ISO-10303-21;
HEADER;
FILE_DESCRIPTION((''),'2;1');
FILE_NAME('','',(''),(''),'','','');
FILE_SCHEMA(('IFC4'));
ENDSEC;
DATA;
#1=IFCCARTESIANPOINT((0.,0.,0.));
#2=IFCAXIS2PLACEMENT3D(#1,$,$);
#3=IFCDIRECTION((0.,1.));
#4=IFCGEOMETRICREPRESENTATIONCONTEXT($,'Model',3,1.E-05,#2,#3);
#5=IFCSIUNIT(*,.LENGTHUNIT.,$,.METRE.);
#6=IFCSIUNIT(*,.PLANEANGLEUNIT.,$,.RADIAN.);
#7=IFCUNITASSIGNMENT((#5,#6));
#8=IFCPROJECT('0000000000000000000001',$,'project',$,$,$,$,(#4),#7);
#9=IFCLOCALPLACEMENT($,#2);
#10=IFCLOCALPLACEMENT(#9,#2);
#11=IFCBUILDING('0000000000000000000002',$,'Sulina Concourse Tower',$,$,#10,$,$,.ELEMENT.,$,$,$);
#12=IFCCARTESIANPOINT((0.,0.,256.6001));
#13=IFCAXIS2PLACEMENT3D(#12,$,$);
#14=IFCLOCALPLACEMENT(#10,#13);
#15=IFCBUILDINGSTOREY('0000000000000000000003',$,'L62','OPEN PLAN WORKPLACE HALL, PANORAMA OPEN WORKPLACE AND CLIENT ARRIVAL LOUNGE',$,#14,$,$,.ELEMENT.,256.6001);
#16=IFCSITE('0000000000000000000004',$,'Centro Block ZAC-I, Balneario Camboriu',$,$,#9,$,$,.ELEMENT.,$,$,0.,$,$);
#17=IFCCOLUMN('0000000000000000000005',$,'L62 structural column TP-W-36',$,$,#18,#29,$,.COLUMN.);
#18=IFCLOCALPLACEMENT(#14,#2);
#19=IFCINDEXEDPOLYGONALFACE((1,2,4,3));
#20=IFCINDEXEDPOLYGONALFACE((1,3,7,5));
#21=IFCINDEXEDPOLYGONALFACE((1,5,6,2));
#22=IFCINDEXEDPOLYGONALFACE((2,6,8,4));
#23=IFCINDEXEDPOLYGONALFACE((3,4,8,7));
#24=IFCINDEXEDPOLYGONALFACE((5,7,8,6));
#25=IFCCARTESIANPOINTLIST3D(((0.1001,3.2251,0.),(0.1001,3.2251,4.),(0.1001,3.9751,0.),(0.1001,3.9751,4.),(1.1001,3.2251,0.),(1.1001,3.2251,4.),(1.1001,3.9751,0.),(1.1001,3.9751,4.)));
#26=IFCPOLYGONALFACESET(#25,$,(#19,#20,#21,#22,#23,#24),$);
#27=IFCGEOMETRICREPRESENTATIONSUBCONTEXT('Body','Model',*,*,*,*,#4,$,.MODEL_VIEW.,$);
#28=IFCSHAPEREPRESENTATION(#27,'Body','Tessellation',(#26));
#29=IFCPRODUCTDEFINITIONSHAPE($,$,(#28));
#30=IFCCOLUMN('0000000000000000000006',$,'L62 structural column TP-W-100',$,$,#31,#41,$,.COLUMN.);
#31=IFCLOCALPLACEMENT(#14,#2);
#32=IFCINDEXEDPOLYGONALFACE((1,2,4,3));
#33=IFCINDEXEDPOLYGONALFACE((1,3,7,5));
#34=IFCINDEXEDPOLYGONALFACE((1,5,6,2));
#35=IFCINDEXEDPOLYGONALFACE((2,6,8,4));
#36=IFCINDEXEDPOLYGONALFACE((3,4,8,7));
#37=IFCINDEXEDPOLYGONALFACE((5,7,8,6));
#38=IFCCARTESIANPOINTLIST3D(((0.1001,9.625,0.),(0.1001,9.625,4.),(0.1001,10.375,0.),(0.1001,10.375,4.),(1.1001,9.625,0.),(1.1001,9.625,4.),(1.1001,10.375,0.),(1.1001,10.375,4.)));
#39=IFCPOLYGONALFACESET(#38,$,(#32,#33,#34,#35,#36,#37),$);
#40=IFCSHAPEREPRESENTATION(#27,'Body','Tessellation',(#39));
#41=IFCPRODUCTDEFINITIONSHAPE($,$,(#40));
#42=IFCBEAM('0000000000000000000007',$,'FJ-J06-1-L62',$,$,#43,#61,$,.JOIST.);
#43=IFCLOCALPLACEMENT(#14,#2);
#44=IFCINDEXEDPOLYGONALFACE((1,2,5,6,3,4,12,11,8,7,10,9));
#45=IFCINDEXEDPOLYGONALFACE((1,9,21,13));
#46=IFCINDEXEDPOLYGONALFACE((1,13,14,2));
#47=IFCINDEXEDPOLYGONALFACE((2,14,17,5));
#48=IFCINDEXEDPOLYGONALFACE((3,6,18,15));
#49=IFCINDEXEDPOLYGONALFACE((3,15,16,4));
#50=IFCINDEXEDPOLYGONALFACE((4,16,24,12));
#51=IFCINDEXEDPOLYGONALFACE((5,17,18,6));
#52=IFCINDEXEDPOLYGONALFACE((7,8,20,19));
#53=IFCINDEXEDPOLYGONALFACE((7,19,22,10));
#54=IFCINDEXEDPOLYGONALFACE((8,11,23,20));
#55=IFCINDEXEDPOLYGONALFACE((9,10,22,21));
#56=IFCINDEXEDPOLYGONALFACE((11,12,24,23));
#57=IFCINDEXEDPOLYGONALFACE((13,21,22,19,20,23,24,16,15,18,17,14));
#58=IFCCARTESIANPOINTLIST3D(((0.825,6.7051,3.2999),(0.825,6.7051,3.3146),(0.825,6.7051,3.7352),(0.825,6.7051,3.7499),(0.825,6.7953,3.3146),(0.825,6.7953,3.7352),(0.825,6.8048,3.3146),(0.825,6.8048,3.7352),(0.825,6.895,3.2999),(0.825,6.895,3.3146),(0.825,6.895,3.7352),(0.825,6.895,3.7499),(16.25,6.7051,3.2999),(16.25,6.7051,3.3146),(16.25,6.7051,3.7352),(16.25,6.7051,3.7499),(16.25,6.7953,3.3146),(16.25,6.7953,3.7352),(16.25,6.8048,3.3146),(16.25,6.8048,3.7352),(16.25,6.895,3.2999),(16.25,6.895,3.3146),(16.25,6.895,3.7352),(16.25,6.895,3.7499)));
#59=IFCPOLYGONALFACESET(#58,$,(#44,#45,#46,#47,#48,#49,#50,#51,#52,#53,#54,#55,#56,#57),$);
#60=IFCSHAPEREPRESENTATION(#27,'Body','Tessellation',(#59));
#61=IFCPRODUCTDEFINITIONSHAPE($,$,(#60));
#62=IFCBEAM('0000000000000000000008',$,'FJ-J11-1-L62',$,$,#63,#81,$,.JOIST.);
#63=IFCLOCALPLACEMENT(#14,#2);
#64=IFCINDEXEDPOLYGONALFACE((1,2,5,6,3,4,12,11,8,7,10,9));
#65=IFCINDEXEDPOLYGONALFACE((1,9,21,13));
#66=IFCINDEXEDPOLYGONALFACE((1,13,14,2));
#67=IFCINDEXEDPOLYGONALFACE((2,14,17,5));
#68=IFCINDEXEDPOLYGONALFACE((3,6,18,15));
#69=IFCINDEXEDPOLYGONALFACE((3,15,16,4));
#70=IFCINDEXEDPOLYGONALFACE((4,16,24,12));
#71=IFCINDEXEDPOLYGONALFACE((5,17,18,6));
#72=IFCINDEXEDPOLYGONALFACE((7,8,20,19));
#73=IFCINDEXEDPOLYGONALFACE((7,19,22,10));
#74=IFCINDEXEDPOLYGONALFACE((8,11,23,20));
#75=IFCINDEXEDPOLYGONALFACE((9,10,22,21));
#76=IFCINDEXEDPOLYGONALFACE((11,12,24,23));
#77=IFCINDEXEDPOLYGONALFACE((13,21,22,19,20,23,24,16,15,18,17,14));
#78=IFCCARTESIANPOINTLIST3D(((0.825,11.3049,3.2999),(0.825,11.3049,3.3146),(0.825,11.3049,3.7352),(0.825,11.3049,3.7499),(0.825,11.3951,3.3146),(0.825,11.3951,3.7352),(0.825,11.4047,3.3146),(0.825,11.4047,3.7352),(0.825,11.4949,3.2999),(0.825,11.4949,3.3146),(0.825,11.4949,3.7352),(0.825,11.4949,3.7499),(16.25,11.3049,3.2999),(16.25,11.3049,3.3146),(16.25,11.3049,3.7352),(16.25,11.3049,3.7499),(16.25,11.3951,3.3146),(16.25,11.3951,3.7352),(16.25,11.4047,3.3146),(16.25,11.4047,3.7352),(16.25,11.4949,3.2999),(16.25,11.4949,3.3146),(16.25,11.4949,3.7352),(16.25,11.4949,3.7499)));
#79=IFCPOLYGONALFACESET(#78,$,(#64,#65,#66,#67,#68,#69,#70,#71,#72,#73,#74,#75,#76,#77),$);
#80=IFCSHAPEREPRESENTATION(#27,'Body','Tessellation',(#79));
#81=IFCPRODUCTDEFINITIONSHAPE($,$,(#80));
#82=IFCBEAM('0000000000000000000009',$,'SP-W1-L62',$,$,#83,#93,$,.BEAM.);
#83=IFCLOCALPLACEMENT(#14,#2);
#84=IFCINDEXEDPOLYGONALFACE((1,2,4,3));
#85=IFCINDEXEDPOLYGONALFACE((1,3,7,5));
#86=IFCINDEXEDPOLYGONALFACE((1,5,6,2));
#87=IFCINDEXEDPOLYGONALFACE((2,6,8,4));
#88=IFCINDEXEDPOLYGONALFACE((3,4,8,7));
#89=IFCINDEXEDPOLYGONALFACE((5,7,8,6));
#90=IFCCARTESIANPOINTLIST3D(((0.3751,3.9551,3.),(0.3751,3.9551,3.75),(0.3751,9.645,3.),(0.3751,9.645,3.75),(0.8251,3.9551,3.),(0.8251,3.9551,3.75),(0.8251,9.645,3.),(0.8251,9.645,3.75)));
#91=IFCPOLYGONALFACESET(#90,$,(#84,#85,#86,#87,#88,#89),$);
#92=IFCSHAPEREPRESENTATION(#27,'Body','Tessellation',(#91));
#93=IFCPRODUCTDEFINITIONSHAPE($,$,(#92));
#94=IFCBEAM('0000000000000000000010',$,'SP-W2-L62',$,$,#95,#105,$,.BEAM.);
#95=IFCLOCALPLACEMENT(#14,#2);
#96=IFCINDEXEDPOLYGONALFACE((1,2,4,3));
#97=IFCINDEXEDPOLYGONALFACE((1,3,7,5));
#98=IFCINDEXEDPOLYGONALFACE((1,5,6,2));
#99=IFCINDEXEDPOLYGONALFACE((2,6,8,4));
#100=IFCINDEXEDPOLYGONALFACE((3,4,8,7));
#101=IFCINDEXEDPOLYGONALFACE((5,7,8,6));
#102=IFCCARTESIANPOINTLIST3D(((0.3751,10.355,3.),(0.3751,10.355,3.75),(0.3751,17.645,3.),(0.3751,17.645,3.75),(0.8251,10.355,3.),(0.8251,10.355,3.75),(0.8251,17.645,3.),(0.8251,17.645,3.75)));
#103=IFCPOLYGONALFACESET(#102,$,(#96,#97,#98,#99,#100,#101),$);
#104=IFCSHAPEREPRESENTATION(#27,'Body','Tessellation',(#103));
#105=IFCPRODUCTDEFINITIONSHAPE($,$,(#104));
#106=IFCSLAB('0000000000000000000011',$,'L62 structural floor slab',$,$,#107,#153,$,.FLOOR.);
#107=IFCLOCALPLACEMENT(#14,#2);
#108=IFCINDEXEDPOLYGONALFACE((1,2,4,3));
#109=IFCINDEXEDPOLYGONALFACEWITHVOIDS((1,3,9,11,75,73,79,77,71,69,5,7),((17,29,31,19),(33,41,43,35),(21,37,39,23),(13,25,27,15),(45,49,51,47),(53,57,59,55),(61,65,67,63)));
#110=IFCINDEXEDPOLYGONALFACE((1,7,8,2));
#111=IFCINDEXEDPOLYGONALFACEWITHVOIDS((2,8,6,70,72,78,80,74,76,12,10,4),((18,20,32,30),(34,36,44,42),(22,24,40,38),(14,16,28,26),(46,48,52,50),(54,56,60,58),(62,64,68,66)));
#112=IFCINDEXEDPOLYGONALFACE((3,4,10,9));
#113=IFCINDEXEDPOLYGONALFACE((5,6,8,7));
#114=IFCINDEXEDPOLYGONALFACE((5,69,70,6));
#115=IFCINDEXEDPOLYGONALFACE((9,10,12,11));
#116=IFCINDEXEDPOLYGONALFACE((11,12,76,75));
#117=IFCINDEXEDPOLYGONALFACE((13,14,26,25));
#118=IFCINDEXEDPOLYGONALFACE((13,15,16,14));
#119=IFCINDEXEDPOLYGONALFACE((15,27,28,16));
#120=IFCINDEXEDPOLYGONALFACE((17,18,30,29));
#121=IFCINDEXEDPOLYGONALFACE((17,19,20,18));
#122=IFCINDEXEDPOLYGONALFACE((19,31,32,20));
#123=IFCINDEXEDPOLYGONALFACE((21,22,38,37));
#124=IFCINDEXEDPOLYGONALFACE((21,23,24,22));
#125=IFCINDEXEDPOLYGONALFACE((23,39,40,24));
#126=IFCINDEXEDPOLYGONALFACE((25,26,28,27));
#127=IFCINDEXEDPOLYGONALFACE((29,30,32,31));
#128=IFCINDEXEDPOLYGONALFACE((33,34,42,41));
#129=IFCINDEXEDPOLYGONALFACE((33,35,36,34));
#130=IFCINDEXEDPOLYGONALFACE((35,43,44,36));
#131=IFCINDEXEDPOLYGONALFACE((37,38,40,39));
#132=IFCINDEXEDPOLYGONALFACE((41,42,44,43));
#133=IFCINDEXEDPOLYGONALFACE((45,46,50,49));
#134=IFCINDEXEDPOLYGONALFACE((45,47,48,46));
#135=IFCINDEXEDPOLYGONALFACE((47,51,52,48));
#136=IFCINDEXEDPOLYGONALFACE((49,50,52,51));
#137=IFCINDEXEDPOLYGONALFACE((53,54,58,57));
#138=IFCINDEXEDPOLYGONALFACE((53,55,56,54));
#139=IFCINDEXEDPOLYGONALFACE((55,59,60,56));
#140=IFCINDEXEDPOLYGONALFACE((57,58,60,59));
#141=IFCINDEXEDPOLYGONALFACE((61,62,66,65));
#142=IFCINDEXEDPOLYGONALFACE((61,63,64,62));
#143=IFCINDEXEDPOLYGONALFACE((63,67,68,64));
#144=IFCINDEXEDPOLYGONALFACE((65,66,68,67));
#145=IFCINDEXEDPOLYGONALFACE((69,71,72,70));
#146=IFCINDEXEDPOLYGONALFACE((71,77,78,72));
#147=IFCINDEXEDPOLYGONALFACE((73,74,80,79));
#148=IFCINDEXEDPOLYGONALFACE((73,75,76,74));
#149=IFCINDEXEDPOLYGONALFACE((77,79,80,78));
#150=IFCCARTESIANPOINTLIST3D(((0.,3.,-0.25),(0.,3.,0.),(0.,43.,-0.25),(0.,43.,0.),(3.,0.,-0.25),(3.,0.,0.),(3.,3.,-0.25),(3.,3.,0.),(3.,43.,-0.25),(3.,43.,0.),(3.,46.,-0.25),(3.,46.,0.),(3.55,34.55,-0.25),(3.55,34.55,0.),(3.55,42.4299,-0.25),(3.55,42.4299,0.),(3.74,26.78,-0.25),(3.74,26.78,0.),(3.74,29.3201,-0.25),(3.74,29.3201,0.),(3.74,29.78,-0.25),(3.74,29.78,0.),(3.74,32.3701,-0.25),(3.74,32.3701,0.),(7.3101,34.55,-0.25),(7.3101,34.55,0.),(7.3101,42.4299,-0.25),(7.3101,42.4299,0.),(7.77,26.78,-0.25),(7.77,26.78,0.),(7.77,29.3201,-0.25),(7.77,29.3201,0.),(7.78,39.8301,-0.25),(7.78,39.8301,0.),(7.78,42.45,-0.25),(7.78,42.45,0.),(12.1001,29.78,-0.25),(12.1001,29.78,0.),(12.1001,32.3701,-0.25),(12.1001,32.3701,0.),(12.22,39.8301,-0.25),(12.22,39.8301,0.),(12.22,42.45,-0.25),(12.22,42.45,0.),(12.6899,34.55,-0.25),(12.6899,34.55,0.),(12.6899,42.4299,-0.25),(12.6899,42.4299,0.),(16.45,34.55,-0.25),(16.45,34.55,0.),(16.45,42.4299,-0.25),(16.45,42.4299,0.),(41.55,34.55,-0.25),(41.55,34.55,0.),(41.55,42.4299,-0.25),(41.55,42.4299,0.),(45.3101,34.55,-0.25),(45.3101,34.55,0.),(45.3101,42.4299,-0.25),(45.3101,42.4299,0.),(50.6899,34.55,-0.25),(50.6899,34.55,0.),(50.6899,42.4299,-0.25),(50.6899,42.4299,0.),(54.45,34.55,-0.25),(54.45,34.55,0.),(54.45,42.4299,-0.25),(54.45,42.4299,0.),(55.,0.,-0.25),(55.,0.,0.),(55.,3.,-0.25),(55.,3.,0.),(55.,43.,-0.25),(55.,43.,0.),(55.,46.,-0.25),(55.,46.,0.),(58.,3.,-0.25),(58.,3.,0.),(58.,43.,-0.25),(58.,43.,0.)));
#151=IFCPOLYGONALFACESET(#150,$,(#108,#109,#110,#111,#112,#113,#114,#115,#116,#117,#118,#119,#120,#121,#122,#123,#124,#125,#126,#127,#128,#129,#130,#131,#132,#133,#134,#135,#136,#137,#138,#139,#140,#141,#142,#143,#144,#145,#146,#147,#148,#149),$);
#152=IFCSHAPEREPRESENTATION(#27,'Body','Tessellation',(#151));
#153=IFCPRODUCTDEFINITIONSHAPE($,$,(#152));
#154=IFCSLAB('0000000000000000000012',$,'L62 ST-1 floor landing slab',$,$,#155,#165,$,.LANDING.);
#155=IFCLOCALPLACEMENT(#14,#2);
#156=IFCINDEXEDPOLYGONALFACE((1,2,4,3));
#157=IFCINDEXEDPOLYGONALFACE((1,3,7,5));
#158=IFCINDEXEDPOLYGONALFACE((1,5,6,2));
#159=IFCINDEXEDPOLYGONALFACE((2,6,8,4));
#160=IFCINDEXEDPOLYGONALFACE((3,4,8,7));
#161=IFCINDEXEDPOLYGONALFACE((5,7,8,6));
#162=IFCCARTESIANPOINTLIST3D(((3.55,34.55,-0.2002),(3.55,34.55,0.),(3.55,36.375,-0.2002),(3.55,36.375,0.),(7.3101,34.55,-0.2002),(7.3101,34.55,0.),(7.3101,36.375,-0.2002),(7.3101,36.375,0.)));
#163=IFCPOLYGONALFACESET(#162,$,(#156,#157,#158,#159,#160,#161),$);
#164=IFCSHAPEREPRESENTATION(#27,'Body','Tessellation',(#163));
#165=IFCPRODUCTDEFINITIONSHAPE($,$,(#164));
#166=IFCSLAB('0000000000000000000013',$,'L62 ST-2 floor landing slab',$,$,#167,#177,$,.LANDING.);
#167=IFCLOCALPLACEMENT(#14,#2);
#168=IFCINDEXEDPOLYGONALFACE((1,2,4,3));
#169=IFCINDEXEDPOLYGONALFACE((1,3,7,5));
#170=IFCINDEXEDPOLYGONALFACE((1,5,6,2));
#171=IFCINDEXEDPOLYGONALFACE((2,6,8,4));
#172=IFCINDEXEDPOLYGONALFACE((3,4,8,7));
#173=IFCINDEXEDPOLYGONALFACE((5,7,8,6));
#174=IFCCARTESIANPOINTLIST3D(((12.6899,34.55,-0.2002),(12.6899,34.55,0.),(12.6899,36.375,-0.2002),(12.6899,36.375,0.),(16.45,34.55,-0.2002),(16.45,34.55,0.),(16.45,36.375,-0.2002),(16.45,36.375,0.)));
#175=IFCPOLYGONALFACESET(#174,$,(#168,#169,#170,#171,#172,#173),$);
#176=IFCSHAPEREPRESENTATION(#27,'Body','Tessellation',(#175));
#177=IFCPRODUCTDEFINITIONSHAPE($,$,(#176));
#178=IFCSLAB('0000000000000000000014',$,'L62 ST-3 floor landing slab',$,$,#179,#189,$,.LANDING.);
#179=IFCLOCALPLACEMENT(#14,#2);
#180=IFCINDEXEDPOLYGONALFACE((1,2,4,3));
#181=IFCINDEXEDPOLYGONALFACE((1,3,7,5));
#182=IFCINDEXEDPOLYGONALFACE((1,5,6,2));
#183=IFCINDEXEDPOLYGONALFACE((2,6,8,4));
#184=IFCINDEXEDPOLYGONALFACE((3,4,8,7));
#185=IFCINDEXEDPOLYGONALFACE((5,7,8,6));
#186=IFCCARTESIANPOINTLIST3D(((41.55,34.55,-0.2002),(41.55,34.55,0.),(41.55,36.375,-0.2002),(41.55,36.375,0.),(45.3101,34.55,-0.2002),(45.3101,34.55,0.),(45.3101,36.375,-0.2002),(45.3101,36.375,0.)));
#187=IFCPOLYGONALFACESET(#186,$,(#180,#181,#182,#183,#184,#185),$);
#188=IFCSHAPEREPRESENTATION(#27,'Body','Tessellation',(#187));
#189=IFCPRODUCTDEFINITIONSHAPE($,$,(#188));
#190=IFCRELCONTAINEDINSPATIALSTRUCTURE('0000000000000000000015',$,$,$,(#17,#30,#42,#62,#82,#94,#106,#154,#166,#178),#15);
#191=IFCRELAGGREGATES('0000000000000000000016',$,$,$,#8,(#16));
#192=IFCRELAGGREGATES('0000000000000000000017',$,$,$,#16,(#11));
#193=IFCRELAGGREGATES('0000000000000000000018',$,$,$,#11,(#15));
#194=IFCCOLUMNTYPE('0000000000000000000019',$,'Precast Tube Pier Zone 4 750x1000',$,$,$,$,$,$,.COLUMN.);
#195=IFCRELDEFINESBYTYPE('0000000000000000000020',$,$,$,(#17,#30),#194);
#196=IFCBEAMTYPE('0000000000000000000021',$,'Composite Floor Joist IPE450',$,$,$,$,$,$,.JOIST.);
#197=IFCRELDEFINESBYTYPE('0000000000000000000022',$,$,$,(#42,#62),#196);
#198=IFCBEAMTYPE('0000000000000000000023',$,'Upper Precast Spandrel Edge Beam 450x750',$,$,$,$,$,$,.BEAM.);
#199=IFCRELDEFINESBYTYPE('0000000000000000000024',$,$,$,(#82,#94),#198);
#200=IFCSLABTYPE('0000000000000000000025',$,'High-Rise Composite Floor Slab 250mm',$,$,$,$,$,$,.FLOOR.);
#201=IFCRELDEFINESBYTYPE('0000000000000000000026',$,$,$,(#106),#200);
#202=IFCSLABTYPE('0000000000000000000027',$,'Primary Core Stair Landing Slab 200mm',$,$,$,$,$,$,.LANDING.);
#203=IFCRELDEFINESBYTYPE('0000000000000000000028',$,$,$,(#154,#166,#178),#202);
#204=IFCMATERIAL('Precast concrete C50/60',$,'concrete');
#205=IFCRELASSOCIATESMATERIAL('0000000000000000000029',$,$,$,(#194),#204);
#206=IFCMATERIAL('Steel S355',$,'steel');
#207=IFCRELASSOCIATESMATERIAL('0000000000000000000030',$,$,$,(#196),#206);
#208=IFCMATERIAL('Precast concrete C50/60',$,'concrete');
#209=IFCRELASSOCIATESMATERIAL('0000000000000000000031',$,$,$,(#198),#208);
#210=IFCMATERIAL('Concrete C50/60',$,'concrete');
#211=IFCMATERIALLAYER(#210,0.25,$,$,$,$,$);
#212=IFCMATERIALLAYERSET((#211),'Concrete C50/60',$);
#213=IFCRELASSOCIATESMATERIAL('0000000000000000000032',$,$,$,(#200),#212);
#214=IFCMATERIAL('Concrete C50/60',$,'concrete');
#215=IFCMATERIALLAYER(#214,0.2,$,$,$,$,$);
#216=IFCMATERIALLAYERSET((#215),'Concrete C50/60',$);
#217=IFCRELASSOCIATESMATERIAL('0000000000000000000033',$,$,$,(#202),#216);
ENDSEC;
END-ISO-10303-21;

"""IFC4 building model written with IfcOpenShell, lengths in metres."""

from ifc_helpers import new_model, si_unit, direction, frame, origin, origin_2d, place, context, subcontext, project, spatial, polyline, rectangle, i_section, outline, extrude, material, layer, layer_set, material_profile, profile_set, type_object, element, save


model = new_model("IFC4")

# Units and contexts
model_context = context("Model", 3, precision=1e-05, world=origin(), true_north=direction((0.0, 1.0)))
body_context = subcontext(model_context, "Body", "Model", "MODEL_VIEW")
ifc_project = project(units=[si_unit("LENGTHUNIT", "METRE"), si_unit("PLANEANGLEUNIT", "RADIAN")], contexts=[model_context])

# Site, building, storey
site_placement = place(None, origin())
site = spatial("IfcSite", under=ifc_project, at=site_placement, Name="Centro Block ZAC-I, Balneario Camboriu", CompositionType="ELEMENT", RefElevation=0.0)
building_placement = place(site_placement, origin())
building = spatial("IfcBuilding", under=site, at=building_placement, Name="Sulina Concourse Tower", CompositionType="ELEMENT")
storey_placement = place(building_placement, frame((0.0, 0.0, 256.6001)))
storey = spatial("IfcBuildingStorey", under=building, at=storey_placement, Name="L62", Description="OPEN PLAN WORKPLACE HALL, PANORAMA OPEN WORKPLACE AND CLIENT ARRIVAL LOUNGE", CompositionType="ELEMENT", Elevation=256.6001)

# Columns
ifc_material_1 = material(Name="Precast concrete C50/60", Category="concrete")
ifc_material_profile_1 = material_profile(ifc_material_1, rectangle(XDim=0.75, YDim=1.0, at=origin_2d()), Name="PC 750x1000")
ifc_profile_set_1 = profile_set([ifc_material_profile_1], Name="Precast concrete C50/60")
column_type = type_object("IfcColumnType", Name="Precast Tube Pier Zone 4 750x1000", PredefinedType="COLUMN", material=ifc_profile_set_1)
for number, where, z_axis, x_axis, name in (
    (1, (0.6001, 3.6001, 0.0), (0.0, 0.0, 1.0), (0.0, 1.0, 0.0), "L62 structural column TP-W-36"),
    (2, (0.6001, 10.0, 0.0), (0.0, 0.0, 1.0), (0.0, 1.0, 0.0), "L62 structural column TP-W-100"),
):
    element("IfcColumn", number, at=place(storey_placement, frame(where, z_axis=z_axis, x_axis=x_axis)), inside=storey, type_object=column_type, Name=name, PredefinedType="COLUMN", context=body_context, shape_type="SweptSolid", body=[
        extrude(rectangle(XDim=0.75, YDim=1.0, at=origin_2d()), origin(), (0.0, 0.0, 1.0), 4.0),
    ])

# Beams
ifc_material_2 = material(Name="Steel S355", Category="steel")
ifc_material_profile_2 = material_profile(ifc_material_2, i_section(OverallWidth=0.1899, OverallDepth=0.45, WebThickness=0.0095, FlangeThickness=0.0146, at=origin_2d()), Name="IPE 450")
ifc_profile_set_2 = profile_set([ifc_material_profile_2], Name="Steel S355")
beam_type_1 = type_object("IfcBeamType", Name="Composite Floor Joist IPE450", PredefinedType="JOIST", material=ifc_profile_set_2)
for number, where, z_axis, x_axis, name in (
    (3, (0.825, 6.8, 3.5249), (1.0, 0.0, 0.0), (0.0, 1.0, 0.0), "FJ-J06-1-L62"),
    (4, (0.825, 11.3999, 3.5249), (1.0, 0.0, 0.0), (0.0, 1.0, 0.0), "FJ-J11-1-L62"),
):
    element("IfcBeam", number, at=place(storey_placement, frame(where, z_axis=z_axis, x_axis=x_axis)), inside=storey, type_object=beam_type_1, Name=name, PredefinedType="JOIST", context=body_context, shape_type="SweptSolid", body=[
        extrude(i_section(OverallWidth=0.1899, OverallDepth=0.45, WebThickness=0.0095, FlangeThickness=0.0146, at=origin_2d()), origin(), (0.0, 0.0, 1.0), 15.425),
    ])
ifc_material_3 = material(Name="Precast concrete C50/60", Category="concrete")
ifc_material_profile_3 = material_profile(ifc_material_3, rectangle(XDim=0.45, YDim=0.75, at=origin_2d()), Name="RC 450x750")
ifc_profile_set_3 = profile_set([ifc_material_profile_3], Name="Precast concrete C50/60")
beam_type_2 = type_object("IfcBeamType", Name="Upper Precast Spandrel Edge Beam 450x750", PredefinedType="BEAM", material=ifc_profile_set_3)
beam_1_placement = place(storey_placement, frame((0.6001, 3.9551, 3.375), z_axis=(0.0, 1.0, 0.0), x_axis=(-1.0, 0.0, 0.0)))
element("IfcBeam", 5, at=beam_1_placement, inside=storey, type_object=beam_type_2, Name="SP-W1-L62", PredefinedType="BEAM", context=body_context, shape_type="SweptSolid", body=[
    extrude(rectangle(XDim=0.45, YDim=0.75, at=origin_2d()), origin(), (0.0, 0.0, 1.0), 5.6899),
])
beam_2_placement = place(storey_placement, frame((0.6001, 10.355, 3.375), z_axis=(0.0, 1.0, 0.0), x_axis=(-1.0, 0.0, 0.0)))
element("IfcBeam", 6, at=beam_2_placement, inside=storey, type_object=beam_type_2, Name="SP-W2-L62", PredefinedType="BEAM", context=body_context, shape_type="SweptSolid", body=[
    extrude(rectangle(XDim=0.45, YDim=0.75, at=origin_2d()), origin(), (0.0, 0.0, 1.0), 7.29),
])

# Slabs
ifc_material_4 = material(Name="Concrete C50/60", Category="concrete")
ifc_layer_1 = layer(ifc_material_4, 0.25)
ifc_layer_set_1 = layer_set([ifc_layer_1], Name="Concrete C50/60")
slab_type_1 = type_object("IfcSlabType", Name="High-Rise Composite Floor Slab 250mm", PredefinedType="FLOOR", material=ifc_layer_set_1)
slab_1_placement = place(storey_placement, frame((0.0, 0.0, -0.25)))
element("IfcSlab", 7, at=slab_1_placement, inside=storey, type_object=slab_type_1, Name="L62 structural floor slab", PredefinedType="FLOOR", context=body_context, shape_type="SweptSolid", body=[
    extrude(outline(polyline([(3.0, 0.0), (55.0, 0.0), (55.0, 3.0), (58.0, 3.0), (58.0, 43.0), (55.0, 43.0), (55.0, 46.0), (3.0, 46.0), (3.0, 43.0), (0.0, 43.0), (0.0, 3.0), (3.0, 3.0), (3.0, 0.0)]), holes=[polyline([(7.3101, 34.55), (7.3101, 42.4299), (3.55, 42.4299), (3.55, 34.55), (7.3101, 34.55)]), polyline([(16.45, 34.55), (16.45, 42.4299), (12.6899, 42.4299), (12.6899, 34.55), (16.45, 34.55)]), polyline([(45.3101, 34.55), (45.3101, 42.4299), (41.55, 42.4299), (41.55, 34.55), (45.3101, 34.55)]), polyline([(54.45, 34.55), (54.45, 42.4299), (50.6899, 42.4299), (50.6899, 34.55), (54.45, 34.55)]), polyline([(7.78, 39.8301), (12.22, 39.8301), (12.22, 42.45), (7.78, 42.45), (7.78, 39.8301)]), polyline([(3.74, 26.78), (7.77, 26.78), (7.77, 29.3201), (3.74, 29.3201), (3.74, 26.78)]), polyline([(3.74, 29.78), (12.1001, 29.78), (12.1001, 32.3701), (3.74, 32.3701), (3.74, 29.78)])]), origin(), (0.0, 0.0, 1.0), 0.25),
])
ifc_material_5 = material(Name="Concrete C50/60", Category="concrete")
ifc_layer_2 = layer(ifc_material_5, 0.2)
ifc_layer_set_2 = layer_set([ifc_layer_2], Name="Concrete C50/60")
slab_type_2 = type_object("IfcSlabType", Name="Primary Core Stair Landing Slab 200mm", PredefinedType="LANDING", material=ifc_layer_set_2)
slab_2_placement = place(storey_placement, frame((0.0, 0.0, -0.2002)))
element("IfcSlab", 8, at=slab_2_placement, inside=storey, type_object=slab_type_2, Name="L62 ST-1 floor landing slab", PredefinedType="LANDING", context=body_context, shape_type="SweptSolid", body=[
    extrude(outline(polyline([(7.3101, 34.55), (7.3101, 36.375), (3.55, 36.375), (3.55, 34.55), (7.3101, 34.55)])), origin(), (0.0, 0.0, 1.0), 0.2002),
])
slab_3_placement = place(storey_placement, frame((0.0, 0.0, -0.2002)))
element("IfcSlab", 9, at=slab_3_placement, inside=storey, type_object=slab_type_2, Name="L62 ST-2 floor landing slab", PredefinedType="LANDING", context=body_context, shape_type="SweptSolid", body=[
    extrude(outline(polyline([(16.45, 34.55), (16.45, 36.375), (12.6899, 36.375), (12.6899, 34.55), (16.45, 34.55)])), origin(), (0.0, 0.0, 1.0), 0.2002),
])
slab_4_placement = place(storey_placement, frame((0.0, 0.0, -0.2002)))
element("IfcSlab", 10, at=slab_4_placement, inside=storey, type_object=slab_type_2, Name="L62 ST-3 floor landing slab", PredefinedType="LANDING", context=body_context, shape_type="SweptSolid", body=[
    extrude(outline(polyline([(45.3101, 34.55), (45.3101, 36.375), (41.55, 36.375), (41.55, 34.55), (45.3101, 34.55)])), origin(), (0.0, 0.0, 1.0), 0.2002),
])

save(model, "model.ifc")
